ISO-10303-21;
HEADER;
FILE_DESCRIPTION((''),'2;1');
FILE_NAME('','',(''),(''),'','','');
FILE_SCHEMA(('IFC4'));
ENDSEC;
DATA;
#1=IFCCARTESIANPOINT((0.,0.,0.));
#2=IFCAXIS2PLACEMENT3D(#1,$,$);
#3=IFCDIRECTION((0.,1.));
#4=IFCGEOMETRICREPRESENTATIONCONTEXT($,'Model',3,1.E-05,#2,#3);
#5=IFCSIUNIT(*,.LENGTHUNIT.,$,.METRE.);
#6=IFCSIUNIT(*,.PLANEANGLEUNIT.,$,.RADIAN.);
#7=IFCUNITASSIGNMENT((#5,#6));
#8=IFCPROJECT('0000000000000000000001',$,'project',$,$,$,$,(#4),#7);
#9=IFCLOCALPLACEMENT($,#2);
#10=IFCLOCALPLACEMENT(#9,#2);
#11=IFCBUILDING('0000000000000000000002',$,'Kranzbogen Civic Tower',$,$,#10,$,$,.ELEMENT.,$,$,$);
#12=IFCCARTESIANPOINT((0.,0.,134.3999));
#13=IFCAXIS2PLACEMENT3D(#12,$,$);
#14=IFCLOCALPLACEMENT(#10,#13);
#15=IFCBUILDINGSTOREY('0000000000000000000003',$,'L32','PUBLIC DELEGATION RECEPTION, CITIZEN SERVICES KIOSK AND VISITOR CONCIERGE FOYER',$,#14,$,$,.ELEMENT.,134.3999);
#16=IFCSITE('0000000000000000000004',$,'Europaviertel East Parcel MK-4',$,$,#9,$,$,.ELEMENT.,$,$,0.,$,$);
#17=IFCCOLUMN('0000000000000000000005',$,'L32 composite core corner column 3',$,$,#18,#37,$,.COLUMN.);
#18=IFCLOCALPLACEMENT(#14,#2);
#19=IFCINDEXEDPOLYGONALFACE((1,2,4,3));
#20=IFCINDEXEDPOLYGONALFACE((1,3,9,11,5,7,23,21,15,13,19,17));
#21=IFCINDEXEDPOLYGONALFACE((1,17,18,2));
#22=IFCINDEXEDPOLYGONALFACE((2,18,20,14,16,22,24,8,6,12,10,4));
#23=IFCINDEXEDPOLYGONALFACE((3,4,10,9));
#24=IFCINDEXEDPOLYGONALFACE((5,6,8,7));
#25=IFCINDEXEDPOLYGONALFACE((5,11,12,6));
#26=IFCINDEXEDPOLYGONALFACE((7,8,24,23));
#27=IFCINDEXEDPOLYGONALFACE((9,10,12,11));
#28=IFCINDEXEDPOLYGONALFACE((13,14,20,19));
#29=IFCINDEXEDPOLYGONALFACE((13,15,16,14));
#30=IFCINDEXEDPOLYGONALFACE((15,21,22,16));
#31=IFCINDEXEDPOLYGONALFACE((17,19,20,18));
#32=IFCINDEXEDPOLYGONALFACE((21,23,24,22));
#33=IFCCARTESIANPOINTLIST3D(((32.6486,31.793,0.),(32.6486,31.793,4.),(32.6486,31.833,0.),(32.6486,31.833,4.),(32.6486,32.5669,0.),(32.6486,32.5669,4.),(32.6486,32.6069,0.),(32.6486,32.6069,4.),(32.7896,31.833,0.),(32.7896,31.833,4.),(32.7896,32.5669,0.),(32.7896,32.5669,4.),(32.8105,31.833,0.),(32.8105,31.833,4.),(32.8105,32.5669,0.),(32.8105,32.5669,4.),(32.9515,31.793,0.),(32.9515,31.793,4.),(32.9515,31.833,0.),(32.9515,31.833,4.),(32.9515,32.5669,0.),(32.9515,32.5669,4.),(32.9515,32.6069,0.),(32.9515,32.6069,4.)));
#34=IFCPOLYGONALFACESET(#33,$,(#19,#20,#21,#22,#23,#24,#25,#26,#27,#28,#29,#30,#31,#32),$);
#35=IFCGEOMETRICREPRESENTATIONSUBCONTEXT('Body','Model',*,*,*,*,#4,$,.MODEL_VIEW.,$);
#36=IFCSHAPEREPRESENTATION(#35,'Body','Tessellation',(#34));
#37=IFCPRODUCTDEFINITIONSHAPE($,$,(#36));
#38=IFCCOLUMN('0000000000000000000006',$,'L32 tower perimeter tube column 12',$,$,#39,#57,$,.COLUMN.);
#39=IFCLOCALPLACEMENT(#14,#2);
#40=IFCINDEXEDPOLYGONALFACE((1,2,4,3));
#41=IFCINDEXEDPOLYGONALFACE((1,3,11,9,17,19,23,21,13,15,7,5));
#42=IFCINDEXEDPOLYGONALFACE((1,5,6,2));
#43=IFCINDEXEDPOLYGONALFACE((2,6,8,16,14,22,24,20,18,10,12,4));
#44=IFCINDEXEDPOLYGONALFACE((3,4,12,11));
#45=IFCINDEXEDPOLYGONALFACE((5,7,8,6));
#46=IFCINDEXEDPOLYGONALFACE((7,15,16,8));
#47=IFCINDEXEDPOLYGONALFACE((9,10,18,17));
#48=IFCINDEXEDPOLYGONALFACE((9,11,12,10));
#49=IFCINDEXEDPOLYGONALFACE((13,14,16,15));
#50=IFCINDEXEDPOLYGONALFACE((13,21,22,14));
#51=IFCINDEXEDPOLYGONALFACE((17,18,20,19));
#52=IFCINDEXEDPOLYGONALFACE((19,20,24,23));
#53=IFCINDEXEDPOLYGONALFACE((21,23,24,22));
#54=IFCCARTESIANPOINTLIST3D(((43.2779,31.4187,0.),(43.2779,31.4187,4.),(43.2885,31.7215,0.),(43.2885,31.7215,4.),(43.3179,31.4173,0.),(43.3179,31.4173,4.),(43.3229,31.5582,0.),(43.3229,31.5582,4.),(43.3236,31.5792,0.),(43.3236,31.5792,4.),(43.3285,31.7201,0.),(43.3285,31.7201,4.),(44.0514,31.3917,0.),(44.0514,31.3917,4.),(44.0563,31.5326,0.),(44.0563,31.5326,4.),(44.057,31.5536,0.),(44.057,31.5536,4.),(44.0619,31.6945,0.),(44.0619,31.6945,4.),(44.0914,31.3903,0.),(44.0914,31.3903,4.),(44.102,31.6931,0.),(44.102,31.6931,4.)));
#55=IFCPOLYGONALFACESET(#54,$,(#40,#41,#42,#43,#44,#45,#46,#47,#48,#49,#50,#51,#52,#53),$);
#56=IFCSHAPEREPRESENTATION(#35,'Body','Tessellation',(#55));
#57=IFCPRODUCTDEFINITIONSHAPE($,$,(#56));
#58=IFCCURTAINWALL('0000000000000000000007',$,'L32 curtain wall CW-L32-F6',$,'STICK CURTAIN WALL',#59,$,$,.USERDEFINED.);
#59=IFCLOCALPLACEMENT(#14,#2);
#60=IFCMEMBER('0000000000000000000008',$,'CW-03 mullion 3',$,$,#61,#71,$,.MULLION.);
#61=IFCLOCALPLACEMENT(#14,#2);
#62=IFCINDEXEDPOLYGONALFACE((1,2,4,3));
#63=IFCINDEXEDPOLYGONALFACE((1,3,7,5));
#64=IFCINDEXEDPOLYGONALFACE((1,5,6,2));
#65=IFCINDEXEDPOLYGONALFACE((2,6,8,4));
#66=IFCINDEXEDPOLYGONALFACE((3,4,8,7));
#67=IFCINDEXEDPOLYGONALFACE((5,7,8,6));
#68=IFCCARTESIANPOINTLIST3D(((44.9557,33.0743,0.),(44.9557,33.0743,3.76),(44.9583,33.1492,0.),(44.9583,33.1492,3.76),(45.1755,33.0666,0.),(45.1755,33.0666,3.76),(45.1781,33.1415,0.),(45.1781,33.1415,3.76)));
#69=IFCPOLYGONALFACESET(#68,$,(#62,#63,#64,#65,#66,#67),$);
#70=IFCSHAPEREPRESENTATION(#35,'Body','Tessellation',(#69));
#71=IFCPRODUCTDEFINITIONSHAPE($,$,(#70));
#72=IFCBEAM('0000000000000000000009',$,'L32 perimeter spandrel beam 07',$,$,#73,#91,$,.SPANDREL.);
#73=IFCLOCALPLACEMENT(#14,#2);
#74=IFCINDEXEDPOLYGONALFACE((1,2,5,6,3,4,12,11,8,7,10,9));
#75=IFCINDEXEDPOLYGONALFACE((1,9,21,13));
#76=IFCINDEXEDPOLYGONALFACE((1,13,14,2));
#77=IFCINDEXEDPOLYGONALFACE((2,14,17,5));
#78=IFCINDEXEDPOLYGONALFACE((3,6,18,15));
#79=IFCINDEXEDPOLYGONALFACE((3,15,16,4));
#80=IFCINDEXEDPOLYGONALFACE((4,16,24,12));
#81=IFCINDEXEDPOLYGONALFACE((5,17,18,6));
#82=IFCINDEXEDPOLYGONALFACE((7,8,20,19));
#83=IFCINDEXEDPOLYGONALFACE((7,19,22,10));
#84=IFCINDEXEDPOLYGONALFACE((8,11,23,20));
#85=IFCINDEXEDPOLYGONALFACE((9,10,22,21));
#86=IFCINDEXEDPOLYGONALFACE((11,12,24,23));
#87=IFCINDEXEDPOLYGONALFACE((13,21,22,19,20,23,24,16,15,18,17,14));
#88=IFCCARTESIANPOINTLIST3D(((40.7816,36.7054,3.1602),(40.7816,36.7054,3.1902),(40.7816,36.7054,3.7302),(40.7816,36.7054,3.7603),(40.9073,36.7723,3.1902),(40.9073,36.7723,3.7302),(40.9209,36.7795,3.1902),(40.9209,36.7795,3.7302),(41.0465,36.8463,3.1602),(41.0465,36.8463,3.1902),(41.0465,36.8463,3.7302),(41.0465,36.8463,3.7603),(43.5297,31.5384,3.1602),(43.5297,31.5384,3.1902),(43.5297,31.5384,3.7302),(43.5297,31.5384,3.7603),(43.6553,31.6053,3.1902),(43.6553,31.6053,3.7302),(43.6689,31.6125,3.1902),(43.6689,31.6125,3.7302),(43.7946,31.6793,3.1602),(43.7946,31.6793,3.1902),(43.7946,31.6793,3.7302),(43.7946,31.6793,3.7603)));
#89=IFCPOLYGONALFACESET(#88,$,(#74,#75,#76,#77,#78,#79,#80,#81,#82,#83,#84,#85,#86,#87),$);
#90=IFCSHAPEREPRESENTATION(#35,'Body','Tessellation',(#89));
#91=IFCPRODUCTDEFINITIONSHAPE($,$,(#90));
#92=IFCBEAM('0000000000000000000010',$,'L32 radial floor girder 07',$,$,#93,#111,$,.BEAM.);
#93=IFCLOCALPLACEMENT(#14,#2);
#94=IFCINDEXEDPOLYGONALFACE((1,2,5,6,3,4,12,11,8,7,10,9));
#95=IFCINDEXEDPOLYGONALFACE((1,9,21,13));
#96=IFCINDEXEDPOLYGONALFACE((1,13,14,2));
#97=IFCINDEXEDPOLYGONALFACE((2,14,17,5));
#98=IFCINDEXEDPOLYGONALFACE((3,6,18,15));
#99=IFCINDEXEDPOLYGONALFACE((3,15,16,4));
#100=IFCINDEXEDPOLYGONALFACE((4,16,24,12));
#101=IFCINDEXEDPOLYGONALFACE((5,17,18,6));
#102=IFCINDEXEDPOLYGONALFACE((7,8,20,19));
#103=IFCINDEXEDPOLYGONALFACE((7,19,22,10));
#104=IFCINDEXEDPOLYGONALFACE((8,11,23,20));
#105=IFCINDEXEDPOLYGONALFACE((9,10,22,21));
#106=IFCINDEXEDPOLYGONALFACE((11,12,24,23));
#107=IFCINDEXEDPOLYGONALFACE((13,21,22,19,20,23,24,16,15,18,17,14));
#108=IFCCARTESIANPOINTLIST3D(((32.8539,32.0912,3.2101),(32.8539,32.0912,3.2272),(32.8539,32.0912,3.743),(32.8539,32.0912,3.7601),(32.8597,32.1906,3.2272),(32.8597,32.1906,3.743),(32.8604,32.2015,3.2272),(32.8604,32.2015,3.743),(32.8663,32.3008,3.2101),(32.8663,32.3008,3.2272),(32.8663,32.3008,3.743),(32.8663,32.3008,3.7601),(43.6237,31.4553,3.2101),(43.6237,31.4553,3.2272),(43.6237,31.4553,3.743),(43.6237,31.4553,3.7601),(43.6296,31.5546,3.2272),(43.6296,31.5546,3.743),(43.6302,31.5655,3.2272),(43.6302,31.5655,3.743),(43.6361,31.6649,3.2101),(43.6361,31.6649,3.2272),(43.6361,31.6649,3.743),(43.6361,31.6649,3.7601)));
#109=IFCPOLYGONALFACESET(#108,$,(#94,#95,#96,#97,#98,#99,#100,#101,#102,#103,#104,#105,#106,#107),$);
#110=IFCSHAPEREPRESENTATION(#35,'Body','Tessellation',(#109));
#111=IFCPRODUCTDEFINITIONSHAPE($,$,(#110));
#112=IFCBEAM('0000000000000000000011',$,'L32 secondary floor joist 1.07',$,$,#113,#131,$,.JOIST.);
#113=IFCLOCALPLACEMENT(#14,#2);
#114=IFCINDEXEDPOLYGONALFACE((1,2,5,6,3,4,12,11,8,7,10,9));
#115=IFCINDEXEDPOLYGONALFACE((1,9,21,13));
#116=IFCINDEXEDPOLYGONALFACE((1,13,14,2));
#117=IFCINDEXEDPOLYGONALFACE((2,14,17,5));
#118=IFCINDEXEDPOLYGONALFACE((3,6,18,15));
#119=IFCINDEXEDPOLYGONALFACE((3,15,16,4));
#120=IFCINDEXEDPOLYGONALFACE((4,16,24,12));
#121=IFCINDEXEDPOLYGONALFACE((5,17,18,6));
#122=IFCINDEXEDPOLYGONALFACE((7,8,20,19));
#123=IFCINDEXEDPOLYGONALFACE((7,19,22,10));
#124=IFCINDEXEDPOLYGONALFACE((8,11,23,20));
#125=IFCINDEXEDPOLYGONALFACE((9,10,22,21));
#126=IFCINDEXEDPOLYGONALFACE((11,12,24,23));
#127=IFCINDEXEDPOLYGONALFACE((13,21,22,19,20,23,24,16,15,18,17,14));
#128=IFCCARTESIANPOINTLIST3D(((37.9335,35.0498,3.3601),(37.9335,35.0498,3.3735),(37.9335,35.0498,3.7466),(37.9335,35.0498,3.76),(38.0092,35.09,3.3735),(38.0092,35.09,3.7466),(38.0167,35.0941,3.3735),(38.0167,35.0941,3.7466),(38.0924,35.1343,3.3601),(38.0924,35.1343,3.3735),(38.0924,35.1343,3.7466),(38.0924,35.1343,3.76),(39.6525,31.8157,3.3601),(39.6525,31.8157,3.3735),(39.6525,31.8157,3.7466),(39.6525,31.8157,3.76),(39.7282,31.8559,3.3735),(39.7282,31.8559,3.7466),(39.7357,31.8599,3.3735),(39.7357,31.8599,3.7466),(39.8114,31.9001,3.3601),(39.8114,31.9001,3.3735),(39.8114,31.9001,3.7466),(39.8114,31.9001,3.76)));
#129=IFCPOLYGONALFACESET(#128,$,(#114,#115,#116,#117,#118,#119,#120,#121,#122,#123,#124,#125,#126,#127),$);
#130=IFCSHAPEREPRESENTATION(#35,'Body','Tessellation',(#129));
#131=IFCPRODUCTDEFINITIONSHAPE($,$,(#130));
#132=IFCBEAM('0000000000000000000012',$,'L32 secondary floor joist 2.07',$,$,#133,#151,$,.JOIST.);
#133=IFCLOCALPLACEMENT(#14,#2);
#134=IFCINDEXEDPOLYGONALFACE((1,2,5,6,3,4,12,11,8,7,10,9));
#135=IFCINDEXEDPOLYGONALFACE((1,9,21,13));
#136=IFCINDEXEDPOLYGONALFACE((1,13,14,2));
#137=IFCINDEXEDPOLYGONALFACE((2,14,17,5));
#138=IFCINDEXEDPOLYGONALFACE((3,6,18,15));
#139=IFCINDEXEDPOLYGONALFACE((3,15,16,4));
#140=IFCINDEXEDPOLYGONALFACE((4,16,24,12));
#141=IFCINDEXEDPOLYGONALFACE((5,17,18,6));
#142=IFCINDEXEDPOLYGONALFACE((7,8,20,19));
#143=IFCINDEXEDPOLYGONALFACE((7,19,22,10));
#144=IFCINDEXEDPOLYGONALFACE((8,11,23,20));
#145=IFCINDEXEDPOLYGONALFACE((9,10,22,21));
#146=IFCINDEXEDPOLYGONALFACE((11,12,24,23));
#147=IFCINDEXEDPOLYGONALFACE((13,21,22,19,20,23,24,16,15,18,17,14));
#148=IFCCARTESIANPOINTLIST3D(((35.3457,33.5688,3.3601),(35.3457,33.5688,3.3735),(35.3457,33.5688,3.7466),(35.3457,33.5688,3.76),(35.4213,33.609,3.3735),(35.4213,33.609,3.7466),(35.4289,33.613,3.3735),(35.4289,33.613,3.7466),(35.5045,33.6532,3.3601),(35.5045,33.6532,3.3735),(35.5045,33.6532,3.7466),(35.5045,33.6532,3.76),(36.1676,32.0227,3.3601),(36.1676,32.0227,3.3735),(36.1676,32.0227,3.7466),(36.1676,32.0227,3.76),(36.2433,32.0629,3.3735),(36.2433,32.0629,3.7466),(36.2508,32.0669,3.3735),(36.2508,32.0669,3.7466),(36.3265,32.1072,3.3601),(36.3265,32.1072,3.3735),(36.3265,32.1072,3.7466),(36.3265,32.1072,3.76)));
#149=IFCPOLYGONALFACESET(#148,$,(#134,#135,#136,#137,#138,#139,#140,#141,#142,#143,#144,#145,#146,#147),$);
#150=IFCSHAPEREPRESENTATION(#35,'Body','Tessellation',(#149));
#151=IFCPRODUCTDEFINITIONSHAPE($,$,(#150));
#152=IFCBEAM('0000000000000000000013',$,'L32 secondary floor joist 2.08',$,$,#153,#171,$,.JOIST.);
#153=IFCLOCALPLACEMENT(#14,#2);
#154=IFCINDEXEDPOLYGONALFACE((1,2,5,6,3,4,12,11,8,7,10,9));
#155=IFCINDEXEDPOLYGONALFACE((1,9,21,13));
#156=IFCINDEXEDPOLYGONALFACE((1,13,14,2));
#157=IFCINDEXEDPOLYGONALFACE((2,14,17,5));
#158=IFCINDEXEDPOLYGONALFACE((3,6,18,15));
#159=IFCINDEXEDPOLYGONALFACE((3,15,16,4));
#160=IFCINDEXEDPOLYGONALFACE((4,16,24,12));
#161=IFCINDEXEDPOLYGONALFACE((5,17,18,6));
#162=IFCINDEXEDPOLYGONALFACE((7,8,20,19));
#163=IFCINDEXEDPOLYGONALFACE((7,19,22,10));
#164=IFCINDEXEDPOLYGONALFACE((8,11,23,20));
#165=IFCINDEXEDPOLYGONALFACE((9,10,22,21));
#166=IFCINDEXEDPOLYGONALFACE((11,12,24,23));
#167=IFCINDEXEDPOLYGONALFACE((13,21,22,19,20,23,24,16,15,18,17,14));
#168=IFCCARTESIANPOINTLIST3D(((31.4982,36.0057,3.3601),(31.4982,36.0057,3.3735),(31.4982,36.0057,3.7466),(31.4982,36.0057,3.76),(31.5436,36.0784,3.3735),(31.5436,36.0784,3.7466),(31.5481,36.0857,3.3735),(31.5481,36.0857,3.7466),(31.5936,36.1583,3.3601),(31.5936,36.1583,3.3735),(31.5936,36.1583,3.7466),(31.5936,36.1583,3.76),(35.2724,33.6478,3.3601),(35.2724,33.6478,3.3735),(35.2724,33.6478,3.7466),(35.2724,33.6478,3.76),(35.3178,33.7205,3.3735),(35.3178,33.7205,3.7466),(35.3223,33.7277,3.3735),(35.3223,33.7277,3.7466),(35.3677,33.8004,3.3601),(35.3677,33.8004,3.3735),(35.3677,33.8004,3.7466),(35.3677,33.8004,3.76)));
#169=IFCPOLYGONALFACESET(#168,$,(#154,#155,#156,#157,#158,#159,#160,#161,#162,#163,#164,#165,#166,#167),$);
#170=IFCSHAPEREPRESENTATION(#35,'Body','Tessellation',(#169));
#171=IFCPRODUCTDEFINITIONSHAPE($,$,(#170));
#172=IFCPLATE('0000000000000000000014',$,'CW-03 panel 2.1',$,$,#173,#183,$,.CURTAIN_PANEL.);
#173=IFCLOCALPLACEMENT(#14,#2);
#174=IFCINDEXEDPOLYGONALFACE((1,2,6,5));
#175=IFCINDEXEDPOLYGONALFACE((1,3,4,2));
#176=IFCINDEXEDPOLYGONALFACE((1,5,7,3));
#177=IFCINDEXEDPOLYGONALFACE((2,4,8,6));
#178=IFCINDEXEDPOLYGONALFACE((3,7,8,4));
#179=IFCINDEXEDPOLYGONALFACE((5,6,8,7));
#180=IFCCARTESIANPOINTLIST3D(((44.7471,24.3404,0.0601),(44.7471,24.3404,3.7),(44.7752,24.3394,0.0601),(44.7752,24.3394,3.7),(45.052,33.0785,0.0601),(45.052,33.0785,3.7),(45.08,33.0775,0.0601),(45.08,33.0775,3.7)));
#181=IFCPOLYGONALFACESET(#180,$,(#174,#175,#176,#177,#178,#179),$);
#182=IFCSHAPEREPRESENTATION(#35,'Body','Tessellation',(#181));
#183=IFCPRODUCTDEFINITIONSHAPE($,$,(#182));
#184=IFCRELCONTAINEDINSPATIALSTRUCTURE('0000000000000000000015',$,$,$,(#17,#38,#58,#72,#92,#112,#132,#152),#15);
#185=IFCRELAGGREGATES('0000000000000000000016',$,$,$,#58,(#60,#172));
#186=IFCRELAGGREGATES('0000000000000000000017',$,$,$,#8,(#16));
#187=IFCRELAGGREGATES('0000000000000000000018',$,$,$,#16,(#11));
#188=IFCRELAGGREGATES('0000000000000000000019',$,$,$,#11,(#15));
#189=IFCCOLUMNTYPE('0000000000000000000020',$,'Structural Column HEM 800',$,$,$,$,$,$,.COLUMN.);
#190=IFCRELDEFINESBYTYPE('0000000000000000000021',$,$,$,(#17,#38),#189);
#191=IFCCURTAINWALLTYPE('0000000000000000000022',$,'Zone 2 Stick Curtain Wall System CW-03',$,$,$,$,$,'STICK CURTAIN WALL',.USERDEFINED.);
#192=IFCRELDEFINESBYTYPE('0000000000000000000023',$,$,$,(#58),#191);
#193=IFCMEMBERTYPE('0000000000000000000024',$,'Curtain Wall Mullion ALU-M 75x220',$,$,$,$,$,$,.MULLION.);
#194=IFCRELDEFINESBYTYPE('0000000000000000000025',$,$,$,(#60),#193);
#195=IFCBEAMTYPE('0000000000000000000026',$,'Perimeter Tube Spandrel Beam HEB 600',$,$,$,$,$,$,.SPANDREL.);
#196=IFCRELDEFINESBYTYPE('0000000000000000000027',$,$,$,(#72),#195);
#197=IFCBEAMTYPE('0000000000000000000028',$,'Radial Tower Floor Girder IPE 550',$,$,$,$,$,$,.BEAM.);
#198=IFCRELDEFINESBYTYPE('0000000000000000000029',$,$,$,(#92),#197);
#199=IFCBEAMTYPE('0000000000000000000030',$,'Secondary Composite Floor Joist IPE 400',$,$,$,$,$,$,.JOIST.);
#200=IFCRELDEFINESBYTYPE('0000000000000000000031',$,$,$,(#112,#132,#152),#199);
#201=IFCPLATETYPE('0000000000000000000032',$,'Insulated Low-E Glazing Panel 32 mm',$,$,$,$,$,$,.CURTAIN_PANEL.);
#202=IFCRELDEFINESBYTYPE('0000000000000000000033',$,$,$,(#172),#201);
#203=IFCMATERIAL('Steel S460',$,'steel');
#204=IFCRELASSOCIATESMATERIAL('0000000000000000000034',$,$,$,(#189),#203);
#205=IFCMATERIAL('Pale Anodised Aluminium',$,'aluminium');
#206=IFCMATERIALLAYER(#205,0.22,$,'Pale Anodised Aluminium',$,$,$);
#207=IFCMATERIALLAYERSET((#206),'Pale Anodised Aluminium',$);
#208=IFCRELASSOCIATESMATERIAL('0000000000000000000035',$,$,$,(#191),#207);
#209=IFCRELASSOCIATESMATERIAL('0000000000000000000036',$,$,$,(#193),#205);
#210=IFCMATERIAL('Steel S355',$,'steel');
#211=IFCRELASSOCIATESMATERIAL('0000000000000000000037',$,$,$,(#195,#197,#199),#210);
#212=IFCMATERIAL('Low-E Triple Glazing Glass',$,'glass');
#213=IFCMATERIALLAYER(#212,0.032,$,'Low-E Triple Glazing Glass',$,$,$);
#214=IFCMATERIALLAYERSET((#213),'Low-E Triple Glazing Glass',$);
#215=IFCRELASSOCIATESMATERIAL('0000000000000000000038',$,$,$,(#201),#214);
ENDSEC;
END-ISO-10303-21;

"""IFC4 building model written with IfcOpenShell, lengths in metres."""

from ifc_helpers import new_model, si_unit, direction, frame, origin, origin_2d, place, context, subcontext, project, spatial, rectangle, i_section, extrude, material, layer, layer_set, material_profile, profile_set, type_object, element, aggregate, save


model = new_model("IFC4")

# Units and contexts
model_context = context("Model", 3, precision=1e-05, world=origin(), true_north=direction((0.0, 1.0)))
body_context = subcontext(model_context, "Body", "Model", "MODEL_VIEW")
ifc_project = project(units=[si_unit("LENGTHUNIT", "METRE"), si_unit("PLANEANGLEUNIT", "RADIAN")], contexts=[model_context])

# Site, building, storey
site_placement = place(None, origin())
site = spatial("IfcSite", under=ifc_project, at=site_placement, Name="Europaviertel East Parcel MK-4", CompositionType="ELEMENT", RefElevation=0.0)
building_placement = place(site_placement, origin())
building = spatial("IfcBuilding", under=site, at=building_placement, Name="Kranzbogen Civic Tower", CompositionType="ELEMENT")
storey_placement = place(building_placement, frame((0.0, 0.0, 134.3999)))
storey = spatial("IfcBuildingStorey", under=building, at=storey_placement, Name="L32", Description="PUBLIC DELEGATION RECEPTION, CITIZEN SERVICES KIOSK AND VISITOR CONCIERGE FOYER", CompositionType="ELEMENT", Elevation=134.3999)

# Columns
ifc_material_1 = material(Name="Steel S460", Category="steel")
ifc_material_profile_1 = material_profile(ifc_material_1, i_section(OverallWidth=0.303, OverallDepth=0.814, WebThickness=0.021, FlangeThickness=0.04, at=origin_2d()), Name="HEM 800")
ifc_profile_set_1 = profile_set([ifc_material_profile_1], Name="Steel S460")
column_type = type_object("IfcColumnType", Name="Structural Column HEM 800", PredefinedType="COLUMN", material=ifc_profile_set_1)
for number, where, z_axis, x_axis, name in (
    (1, (32.8, 32.2, 0.0), (0.0, 0.0, 1.0), (1.0, 0.0, 0.0), "L32 composite core corner column 3"),
    (2, (43.6899, 31.5559, 0.0), (0.0, 0.0, 1.0), (0.034899, 0.999391, 0.0), "L32 tower perimeter tube column 12"),
):
    element("IfcColumn", number, at=place(storey_placement, frame(where, z_axis=z_axis, x_axis=x_axis)), inside=storey, type_object=column_type, Name=name, PredefinedType="COLUMN", context=body_context, shape_type="SweptSolid", body=[
        extrude(i_section(OverallWidth=0.303, OverallDepth=0.814, WebThickness=0.021, FlangeThickness=0.04, at=origin_2d()), origin(), (0.0, 0.0, 1.0), 4.0),
    ])

# Curtain wall, member
ifc_material_2 = material(Name="Pale Anodised Aluminium", Category="aluminium")
ifc_layer_1 = layer(ifc_material_2, 0.22, Name="Pale Anodised Aluminium")
ifc_layer_set_1 = layer_set([ifc_layer_1], Name="Pale Anodised Aluminium")
curtain_wall_type = type_object("IfcCurtainWallType", Name="Zone 2 Stick Curtain Wall System CW-03", ElementType="STICK CURTAIN WALL", PredefinedType="USERDEFINED", material=ifc_layer_set_1)
curtain_wall_placement = place(storey_placement, origin())
curtain_wall = element("IfcCurtainWall", 3, at=curtain_wall_placement, inside=storey, type_object=curtain_wall_type, Name="L32 curtain wall CW-L32-F6", ObjectType="STICK CURTAIN WALL", PredefinedType="USERDEFINED")
ifc_material_profile_2 = material_profile(ifc_material_2, rectangle(XDim=0.075, YDim=0.22, at=origin_2d()), Name="ALU-M 75x220")
ifc_profile_set_2 = profile_set([ifc_material_profile_2], Name="Pale Anodised Aluminium")
member_type = type_object("IfcMemberType", Name="Curtain Wall Mullion ALU-M 75x220", PredefinedType="MULLION", material=ifc_profile_set_2)
member_placement = place(storey_placement, frame((45.0669, 33.1079, 0.0), z_axis=(0.0, 0.0, 1.0), x_axis=(0.034868, 0.999392, 0.0)))
member = element("IfcMember", 4, at=member_placement, type_object=member_type, Name="CW-03 mullion 3", PredefinedType="MULLION", context=body_context, shape_type="SweptSolid", body=[
    extrude(rectangle(XDim=0.075, YDim=0.22, at=origin_2d()), origin(), (0.0, 0.0, 1.0), 3.76),
])

# Beams
ifc_material_3 = material(Name="Steel S355", Category="steel")
ifc_material_profile_3 = material_profile(ifc_material_3, i_section(OverallWidth=0.3, OverallDepth=0.6001, WebThickness=0.0154, FlangeThickness=0.03, at=origin_2d()), Name="HEB 600")
ifc_profile_set_3 = profile_set([ifc_material_profile_3], Name="Steel S355")
beam_type_1 = type_object("IfcBeamType", Name="Perimeter Tube Spandrel Beam HEB 600", PredefinedType="SPANDREL", material=ifc_profile_set_3)
beam_1_placement = place(storey_placement, frame((43.6621, 31.6089, 3.4602), z_axis=(-0.469566, 0.882897, 0.0), x_axis=(-0.882897, -0.469566, 0.0)))
element("IfcBeam", 5, at=beam_1_placement, inside=storey, type_object=beam_type_1, Name="L32 perimeter spandrel beam 07", PredefinedType="SPANDREL", context=body_context, shape_type="SweptSolid", body=[
    extrude(i_section(OverallWidth=0.3, OverallDepth=0.6001, WebThickness=0.0154, FlangeThickness=0.03, at=origin_2d()), origin(), (0.0, 0.0, 1.0), 5.8523),
])
ifc_material_profile_4 = material_profile(ifc_material_3, i_section(OverallWidth=0.21, OverallDepth=0.55, WebThickness=0.011, FlangeThickness=0.0171, at=origin_2d()), Name="IPE 550")
ifc_profile_set_4 = profile_set([ifc_material_profile_4], Name="Steel S355")
beam_type_2 = type_object("IfcBeamType", Name="Radial Tower Floor Girder IPE 550", PredefinedType="BEAM", material=ifc_profile_set_4)
beam_2_placement = place(storey_placement, frame((43.6299, 31.5601, 3.4851), z_axis=(-0.998261, 0.05895, 0.0), x_axis=(-0.05895, -0.998261, 0.0)))
element("IfcBeam", 6, at=beam_2_placement, inside=storey, type_object=beam_type_2, Name="L32 radial floor girder 07", PredefinedType="BEAM", context=body_context, shape_type="SweptSolid", body=[
    extrude(i_section(OverallWidth=0.21, OverallDepth=0.55, WebThickness=0.011, FlangeThickness=0.0171, at=origin_2d()), origin(), (0.0, 0.0, 1.0), 10.7886),
])
ifc_material_profile_5 = material_profile(ifc_material_3, i_section(OverallWidth=0.1799, OverallDepth=0.3999, WebThickness=0.0085, FlangeThickness=0.0134, at=origin_2d()), Name="IPE 400")
ifc_profile_set_5 = profile_set([ifc_material_profile_5], Name="Steel S355")
beam_type_3 = type_object("IfcBeamType", Name="Secondary Composite Floor Joist IPE 400", PredefinedType="JOIST", material=ifc_profile_set_5)
beam_3_placement = place(storey_placement, frame((39.7319, 31.8579, 3.5601), z_axis=(-0.469339, 0.883018, 0.0), x_axis=(-0.883018, -0.469339, 0.0)))
element("IfcBeam", 7, at=beam_3_placement, inside=storey, type_object=beam_type_3, Name="L32 secondary floor joist 1.07", PredefinedType="JOIST", context=body_context, shape_type="SweptSolid", body=[
    extrude(i_section(OverallWidth=0.1799, OverallDepth=0.3999, WebThickness=0.0085, FlangeThickness=0.0134, at=origin_2d()), origin(), (0.0, 0.0, 1.0), 3.6626),
])
beam_4_placement = place(storey_placement, frame((36.2471, 32.0649, 3.5601), z_axis=(-0.469437, 0.882966, 0.0), x_axis=(-0.882966, -0.469437, 0.0)))
element("IfcBeam", 8, at=beam_4_placement, inside=storey, type_object=beam_type_3, Name="L32 secondary floor joist 2.07", PredefinedType="JOIST", context=body_context, shape_type="SweptSolid", body=[
    extrude(i_section(OverallWidth=0.1799, OverallDepth=0.3999, WebThickness=0.0085, FlangeThickness=0.0134, at=origin_2d()), origin(), (0.0, 0.0, 1.0), 1.751),
])
beam_5_placement = place(storey_placement, frame((35.3201, 33.7241, 3.5601), z_axis=(-0.848094, 0.529846, 0.0), x_axis=(-0.529846, -0.848094, 0.0)))
element("IfcBeam", 9, at=beam_5_placement, inside=storey, type_object=beam_type_3, Name="L32 secondary floor joist 2.08", PredefinedType="JOIST", context=body_context, shape_type="SweptSolid", body=[
    extrude(i_section(OverallWidth=0.1799, OverallDepth=0.3999, WebThickness=0.0085, FlangeThickness=0.0134, at=origin_2d()), origin(), (0.0, 0.0, 1.0), 4.4502),
])

# Plate
ifc_material_4 = material(Name="Low-E Triple Glazing Glass", Category="glass")
ifc_layer_2 = layer(ifc_material_4, 0.032, Name="Low-E Triple Glazing Glass")
ifc_layer_set_2 = layer_set([ifc_layer_2], Name="Low-E Triple Glazing Glass")
plate_type = type_object("IfcPlateType", Name="Insulated Low-E Glazing Panel 32 mm", PredefinedType="CURTAIN_PANEL", material=ifc_layer_set_2)
plate_placement = place(storey_placement, frame((44.9136, 28.709, 0.0601), z_axis=(0.0, 0.0, 1.0), x_axis=(0.034868, 0.999392, 0.0)))
plate = element("IfcPlate", 10, at=plate_placement, type_object=plate_type, Name="CW-03 panel 2.1", PredefinedType="CURTAIN_PANEL", context=body_context, shape_type="SweptSolid", body=[
    extrude(rectangle(XDim=8.7434, YDim=0.0281, at=origin_2d()), origin(), (0.0, 0.0, 1.0), 3.6399),
])
aggregate(curtain_wall, [member, plate])

save(model, "model.ifc")
